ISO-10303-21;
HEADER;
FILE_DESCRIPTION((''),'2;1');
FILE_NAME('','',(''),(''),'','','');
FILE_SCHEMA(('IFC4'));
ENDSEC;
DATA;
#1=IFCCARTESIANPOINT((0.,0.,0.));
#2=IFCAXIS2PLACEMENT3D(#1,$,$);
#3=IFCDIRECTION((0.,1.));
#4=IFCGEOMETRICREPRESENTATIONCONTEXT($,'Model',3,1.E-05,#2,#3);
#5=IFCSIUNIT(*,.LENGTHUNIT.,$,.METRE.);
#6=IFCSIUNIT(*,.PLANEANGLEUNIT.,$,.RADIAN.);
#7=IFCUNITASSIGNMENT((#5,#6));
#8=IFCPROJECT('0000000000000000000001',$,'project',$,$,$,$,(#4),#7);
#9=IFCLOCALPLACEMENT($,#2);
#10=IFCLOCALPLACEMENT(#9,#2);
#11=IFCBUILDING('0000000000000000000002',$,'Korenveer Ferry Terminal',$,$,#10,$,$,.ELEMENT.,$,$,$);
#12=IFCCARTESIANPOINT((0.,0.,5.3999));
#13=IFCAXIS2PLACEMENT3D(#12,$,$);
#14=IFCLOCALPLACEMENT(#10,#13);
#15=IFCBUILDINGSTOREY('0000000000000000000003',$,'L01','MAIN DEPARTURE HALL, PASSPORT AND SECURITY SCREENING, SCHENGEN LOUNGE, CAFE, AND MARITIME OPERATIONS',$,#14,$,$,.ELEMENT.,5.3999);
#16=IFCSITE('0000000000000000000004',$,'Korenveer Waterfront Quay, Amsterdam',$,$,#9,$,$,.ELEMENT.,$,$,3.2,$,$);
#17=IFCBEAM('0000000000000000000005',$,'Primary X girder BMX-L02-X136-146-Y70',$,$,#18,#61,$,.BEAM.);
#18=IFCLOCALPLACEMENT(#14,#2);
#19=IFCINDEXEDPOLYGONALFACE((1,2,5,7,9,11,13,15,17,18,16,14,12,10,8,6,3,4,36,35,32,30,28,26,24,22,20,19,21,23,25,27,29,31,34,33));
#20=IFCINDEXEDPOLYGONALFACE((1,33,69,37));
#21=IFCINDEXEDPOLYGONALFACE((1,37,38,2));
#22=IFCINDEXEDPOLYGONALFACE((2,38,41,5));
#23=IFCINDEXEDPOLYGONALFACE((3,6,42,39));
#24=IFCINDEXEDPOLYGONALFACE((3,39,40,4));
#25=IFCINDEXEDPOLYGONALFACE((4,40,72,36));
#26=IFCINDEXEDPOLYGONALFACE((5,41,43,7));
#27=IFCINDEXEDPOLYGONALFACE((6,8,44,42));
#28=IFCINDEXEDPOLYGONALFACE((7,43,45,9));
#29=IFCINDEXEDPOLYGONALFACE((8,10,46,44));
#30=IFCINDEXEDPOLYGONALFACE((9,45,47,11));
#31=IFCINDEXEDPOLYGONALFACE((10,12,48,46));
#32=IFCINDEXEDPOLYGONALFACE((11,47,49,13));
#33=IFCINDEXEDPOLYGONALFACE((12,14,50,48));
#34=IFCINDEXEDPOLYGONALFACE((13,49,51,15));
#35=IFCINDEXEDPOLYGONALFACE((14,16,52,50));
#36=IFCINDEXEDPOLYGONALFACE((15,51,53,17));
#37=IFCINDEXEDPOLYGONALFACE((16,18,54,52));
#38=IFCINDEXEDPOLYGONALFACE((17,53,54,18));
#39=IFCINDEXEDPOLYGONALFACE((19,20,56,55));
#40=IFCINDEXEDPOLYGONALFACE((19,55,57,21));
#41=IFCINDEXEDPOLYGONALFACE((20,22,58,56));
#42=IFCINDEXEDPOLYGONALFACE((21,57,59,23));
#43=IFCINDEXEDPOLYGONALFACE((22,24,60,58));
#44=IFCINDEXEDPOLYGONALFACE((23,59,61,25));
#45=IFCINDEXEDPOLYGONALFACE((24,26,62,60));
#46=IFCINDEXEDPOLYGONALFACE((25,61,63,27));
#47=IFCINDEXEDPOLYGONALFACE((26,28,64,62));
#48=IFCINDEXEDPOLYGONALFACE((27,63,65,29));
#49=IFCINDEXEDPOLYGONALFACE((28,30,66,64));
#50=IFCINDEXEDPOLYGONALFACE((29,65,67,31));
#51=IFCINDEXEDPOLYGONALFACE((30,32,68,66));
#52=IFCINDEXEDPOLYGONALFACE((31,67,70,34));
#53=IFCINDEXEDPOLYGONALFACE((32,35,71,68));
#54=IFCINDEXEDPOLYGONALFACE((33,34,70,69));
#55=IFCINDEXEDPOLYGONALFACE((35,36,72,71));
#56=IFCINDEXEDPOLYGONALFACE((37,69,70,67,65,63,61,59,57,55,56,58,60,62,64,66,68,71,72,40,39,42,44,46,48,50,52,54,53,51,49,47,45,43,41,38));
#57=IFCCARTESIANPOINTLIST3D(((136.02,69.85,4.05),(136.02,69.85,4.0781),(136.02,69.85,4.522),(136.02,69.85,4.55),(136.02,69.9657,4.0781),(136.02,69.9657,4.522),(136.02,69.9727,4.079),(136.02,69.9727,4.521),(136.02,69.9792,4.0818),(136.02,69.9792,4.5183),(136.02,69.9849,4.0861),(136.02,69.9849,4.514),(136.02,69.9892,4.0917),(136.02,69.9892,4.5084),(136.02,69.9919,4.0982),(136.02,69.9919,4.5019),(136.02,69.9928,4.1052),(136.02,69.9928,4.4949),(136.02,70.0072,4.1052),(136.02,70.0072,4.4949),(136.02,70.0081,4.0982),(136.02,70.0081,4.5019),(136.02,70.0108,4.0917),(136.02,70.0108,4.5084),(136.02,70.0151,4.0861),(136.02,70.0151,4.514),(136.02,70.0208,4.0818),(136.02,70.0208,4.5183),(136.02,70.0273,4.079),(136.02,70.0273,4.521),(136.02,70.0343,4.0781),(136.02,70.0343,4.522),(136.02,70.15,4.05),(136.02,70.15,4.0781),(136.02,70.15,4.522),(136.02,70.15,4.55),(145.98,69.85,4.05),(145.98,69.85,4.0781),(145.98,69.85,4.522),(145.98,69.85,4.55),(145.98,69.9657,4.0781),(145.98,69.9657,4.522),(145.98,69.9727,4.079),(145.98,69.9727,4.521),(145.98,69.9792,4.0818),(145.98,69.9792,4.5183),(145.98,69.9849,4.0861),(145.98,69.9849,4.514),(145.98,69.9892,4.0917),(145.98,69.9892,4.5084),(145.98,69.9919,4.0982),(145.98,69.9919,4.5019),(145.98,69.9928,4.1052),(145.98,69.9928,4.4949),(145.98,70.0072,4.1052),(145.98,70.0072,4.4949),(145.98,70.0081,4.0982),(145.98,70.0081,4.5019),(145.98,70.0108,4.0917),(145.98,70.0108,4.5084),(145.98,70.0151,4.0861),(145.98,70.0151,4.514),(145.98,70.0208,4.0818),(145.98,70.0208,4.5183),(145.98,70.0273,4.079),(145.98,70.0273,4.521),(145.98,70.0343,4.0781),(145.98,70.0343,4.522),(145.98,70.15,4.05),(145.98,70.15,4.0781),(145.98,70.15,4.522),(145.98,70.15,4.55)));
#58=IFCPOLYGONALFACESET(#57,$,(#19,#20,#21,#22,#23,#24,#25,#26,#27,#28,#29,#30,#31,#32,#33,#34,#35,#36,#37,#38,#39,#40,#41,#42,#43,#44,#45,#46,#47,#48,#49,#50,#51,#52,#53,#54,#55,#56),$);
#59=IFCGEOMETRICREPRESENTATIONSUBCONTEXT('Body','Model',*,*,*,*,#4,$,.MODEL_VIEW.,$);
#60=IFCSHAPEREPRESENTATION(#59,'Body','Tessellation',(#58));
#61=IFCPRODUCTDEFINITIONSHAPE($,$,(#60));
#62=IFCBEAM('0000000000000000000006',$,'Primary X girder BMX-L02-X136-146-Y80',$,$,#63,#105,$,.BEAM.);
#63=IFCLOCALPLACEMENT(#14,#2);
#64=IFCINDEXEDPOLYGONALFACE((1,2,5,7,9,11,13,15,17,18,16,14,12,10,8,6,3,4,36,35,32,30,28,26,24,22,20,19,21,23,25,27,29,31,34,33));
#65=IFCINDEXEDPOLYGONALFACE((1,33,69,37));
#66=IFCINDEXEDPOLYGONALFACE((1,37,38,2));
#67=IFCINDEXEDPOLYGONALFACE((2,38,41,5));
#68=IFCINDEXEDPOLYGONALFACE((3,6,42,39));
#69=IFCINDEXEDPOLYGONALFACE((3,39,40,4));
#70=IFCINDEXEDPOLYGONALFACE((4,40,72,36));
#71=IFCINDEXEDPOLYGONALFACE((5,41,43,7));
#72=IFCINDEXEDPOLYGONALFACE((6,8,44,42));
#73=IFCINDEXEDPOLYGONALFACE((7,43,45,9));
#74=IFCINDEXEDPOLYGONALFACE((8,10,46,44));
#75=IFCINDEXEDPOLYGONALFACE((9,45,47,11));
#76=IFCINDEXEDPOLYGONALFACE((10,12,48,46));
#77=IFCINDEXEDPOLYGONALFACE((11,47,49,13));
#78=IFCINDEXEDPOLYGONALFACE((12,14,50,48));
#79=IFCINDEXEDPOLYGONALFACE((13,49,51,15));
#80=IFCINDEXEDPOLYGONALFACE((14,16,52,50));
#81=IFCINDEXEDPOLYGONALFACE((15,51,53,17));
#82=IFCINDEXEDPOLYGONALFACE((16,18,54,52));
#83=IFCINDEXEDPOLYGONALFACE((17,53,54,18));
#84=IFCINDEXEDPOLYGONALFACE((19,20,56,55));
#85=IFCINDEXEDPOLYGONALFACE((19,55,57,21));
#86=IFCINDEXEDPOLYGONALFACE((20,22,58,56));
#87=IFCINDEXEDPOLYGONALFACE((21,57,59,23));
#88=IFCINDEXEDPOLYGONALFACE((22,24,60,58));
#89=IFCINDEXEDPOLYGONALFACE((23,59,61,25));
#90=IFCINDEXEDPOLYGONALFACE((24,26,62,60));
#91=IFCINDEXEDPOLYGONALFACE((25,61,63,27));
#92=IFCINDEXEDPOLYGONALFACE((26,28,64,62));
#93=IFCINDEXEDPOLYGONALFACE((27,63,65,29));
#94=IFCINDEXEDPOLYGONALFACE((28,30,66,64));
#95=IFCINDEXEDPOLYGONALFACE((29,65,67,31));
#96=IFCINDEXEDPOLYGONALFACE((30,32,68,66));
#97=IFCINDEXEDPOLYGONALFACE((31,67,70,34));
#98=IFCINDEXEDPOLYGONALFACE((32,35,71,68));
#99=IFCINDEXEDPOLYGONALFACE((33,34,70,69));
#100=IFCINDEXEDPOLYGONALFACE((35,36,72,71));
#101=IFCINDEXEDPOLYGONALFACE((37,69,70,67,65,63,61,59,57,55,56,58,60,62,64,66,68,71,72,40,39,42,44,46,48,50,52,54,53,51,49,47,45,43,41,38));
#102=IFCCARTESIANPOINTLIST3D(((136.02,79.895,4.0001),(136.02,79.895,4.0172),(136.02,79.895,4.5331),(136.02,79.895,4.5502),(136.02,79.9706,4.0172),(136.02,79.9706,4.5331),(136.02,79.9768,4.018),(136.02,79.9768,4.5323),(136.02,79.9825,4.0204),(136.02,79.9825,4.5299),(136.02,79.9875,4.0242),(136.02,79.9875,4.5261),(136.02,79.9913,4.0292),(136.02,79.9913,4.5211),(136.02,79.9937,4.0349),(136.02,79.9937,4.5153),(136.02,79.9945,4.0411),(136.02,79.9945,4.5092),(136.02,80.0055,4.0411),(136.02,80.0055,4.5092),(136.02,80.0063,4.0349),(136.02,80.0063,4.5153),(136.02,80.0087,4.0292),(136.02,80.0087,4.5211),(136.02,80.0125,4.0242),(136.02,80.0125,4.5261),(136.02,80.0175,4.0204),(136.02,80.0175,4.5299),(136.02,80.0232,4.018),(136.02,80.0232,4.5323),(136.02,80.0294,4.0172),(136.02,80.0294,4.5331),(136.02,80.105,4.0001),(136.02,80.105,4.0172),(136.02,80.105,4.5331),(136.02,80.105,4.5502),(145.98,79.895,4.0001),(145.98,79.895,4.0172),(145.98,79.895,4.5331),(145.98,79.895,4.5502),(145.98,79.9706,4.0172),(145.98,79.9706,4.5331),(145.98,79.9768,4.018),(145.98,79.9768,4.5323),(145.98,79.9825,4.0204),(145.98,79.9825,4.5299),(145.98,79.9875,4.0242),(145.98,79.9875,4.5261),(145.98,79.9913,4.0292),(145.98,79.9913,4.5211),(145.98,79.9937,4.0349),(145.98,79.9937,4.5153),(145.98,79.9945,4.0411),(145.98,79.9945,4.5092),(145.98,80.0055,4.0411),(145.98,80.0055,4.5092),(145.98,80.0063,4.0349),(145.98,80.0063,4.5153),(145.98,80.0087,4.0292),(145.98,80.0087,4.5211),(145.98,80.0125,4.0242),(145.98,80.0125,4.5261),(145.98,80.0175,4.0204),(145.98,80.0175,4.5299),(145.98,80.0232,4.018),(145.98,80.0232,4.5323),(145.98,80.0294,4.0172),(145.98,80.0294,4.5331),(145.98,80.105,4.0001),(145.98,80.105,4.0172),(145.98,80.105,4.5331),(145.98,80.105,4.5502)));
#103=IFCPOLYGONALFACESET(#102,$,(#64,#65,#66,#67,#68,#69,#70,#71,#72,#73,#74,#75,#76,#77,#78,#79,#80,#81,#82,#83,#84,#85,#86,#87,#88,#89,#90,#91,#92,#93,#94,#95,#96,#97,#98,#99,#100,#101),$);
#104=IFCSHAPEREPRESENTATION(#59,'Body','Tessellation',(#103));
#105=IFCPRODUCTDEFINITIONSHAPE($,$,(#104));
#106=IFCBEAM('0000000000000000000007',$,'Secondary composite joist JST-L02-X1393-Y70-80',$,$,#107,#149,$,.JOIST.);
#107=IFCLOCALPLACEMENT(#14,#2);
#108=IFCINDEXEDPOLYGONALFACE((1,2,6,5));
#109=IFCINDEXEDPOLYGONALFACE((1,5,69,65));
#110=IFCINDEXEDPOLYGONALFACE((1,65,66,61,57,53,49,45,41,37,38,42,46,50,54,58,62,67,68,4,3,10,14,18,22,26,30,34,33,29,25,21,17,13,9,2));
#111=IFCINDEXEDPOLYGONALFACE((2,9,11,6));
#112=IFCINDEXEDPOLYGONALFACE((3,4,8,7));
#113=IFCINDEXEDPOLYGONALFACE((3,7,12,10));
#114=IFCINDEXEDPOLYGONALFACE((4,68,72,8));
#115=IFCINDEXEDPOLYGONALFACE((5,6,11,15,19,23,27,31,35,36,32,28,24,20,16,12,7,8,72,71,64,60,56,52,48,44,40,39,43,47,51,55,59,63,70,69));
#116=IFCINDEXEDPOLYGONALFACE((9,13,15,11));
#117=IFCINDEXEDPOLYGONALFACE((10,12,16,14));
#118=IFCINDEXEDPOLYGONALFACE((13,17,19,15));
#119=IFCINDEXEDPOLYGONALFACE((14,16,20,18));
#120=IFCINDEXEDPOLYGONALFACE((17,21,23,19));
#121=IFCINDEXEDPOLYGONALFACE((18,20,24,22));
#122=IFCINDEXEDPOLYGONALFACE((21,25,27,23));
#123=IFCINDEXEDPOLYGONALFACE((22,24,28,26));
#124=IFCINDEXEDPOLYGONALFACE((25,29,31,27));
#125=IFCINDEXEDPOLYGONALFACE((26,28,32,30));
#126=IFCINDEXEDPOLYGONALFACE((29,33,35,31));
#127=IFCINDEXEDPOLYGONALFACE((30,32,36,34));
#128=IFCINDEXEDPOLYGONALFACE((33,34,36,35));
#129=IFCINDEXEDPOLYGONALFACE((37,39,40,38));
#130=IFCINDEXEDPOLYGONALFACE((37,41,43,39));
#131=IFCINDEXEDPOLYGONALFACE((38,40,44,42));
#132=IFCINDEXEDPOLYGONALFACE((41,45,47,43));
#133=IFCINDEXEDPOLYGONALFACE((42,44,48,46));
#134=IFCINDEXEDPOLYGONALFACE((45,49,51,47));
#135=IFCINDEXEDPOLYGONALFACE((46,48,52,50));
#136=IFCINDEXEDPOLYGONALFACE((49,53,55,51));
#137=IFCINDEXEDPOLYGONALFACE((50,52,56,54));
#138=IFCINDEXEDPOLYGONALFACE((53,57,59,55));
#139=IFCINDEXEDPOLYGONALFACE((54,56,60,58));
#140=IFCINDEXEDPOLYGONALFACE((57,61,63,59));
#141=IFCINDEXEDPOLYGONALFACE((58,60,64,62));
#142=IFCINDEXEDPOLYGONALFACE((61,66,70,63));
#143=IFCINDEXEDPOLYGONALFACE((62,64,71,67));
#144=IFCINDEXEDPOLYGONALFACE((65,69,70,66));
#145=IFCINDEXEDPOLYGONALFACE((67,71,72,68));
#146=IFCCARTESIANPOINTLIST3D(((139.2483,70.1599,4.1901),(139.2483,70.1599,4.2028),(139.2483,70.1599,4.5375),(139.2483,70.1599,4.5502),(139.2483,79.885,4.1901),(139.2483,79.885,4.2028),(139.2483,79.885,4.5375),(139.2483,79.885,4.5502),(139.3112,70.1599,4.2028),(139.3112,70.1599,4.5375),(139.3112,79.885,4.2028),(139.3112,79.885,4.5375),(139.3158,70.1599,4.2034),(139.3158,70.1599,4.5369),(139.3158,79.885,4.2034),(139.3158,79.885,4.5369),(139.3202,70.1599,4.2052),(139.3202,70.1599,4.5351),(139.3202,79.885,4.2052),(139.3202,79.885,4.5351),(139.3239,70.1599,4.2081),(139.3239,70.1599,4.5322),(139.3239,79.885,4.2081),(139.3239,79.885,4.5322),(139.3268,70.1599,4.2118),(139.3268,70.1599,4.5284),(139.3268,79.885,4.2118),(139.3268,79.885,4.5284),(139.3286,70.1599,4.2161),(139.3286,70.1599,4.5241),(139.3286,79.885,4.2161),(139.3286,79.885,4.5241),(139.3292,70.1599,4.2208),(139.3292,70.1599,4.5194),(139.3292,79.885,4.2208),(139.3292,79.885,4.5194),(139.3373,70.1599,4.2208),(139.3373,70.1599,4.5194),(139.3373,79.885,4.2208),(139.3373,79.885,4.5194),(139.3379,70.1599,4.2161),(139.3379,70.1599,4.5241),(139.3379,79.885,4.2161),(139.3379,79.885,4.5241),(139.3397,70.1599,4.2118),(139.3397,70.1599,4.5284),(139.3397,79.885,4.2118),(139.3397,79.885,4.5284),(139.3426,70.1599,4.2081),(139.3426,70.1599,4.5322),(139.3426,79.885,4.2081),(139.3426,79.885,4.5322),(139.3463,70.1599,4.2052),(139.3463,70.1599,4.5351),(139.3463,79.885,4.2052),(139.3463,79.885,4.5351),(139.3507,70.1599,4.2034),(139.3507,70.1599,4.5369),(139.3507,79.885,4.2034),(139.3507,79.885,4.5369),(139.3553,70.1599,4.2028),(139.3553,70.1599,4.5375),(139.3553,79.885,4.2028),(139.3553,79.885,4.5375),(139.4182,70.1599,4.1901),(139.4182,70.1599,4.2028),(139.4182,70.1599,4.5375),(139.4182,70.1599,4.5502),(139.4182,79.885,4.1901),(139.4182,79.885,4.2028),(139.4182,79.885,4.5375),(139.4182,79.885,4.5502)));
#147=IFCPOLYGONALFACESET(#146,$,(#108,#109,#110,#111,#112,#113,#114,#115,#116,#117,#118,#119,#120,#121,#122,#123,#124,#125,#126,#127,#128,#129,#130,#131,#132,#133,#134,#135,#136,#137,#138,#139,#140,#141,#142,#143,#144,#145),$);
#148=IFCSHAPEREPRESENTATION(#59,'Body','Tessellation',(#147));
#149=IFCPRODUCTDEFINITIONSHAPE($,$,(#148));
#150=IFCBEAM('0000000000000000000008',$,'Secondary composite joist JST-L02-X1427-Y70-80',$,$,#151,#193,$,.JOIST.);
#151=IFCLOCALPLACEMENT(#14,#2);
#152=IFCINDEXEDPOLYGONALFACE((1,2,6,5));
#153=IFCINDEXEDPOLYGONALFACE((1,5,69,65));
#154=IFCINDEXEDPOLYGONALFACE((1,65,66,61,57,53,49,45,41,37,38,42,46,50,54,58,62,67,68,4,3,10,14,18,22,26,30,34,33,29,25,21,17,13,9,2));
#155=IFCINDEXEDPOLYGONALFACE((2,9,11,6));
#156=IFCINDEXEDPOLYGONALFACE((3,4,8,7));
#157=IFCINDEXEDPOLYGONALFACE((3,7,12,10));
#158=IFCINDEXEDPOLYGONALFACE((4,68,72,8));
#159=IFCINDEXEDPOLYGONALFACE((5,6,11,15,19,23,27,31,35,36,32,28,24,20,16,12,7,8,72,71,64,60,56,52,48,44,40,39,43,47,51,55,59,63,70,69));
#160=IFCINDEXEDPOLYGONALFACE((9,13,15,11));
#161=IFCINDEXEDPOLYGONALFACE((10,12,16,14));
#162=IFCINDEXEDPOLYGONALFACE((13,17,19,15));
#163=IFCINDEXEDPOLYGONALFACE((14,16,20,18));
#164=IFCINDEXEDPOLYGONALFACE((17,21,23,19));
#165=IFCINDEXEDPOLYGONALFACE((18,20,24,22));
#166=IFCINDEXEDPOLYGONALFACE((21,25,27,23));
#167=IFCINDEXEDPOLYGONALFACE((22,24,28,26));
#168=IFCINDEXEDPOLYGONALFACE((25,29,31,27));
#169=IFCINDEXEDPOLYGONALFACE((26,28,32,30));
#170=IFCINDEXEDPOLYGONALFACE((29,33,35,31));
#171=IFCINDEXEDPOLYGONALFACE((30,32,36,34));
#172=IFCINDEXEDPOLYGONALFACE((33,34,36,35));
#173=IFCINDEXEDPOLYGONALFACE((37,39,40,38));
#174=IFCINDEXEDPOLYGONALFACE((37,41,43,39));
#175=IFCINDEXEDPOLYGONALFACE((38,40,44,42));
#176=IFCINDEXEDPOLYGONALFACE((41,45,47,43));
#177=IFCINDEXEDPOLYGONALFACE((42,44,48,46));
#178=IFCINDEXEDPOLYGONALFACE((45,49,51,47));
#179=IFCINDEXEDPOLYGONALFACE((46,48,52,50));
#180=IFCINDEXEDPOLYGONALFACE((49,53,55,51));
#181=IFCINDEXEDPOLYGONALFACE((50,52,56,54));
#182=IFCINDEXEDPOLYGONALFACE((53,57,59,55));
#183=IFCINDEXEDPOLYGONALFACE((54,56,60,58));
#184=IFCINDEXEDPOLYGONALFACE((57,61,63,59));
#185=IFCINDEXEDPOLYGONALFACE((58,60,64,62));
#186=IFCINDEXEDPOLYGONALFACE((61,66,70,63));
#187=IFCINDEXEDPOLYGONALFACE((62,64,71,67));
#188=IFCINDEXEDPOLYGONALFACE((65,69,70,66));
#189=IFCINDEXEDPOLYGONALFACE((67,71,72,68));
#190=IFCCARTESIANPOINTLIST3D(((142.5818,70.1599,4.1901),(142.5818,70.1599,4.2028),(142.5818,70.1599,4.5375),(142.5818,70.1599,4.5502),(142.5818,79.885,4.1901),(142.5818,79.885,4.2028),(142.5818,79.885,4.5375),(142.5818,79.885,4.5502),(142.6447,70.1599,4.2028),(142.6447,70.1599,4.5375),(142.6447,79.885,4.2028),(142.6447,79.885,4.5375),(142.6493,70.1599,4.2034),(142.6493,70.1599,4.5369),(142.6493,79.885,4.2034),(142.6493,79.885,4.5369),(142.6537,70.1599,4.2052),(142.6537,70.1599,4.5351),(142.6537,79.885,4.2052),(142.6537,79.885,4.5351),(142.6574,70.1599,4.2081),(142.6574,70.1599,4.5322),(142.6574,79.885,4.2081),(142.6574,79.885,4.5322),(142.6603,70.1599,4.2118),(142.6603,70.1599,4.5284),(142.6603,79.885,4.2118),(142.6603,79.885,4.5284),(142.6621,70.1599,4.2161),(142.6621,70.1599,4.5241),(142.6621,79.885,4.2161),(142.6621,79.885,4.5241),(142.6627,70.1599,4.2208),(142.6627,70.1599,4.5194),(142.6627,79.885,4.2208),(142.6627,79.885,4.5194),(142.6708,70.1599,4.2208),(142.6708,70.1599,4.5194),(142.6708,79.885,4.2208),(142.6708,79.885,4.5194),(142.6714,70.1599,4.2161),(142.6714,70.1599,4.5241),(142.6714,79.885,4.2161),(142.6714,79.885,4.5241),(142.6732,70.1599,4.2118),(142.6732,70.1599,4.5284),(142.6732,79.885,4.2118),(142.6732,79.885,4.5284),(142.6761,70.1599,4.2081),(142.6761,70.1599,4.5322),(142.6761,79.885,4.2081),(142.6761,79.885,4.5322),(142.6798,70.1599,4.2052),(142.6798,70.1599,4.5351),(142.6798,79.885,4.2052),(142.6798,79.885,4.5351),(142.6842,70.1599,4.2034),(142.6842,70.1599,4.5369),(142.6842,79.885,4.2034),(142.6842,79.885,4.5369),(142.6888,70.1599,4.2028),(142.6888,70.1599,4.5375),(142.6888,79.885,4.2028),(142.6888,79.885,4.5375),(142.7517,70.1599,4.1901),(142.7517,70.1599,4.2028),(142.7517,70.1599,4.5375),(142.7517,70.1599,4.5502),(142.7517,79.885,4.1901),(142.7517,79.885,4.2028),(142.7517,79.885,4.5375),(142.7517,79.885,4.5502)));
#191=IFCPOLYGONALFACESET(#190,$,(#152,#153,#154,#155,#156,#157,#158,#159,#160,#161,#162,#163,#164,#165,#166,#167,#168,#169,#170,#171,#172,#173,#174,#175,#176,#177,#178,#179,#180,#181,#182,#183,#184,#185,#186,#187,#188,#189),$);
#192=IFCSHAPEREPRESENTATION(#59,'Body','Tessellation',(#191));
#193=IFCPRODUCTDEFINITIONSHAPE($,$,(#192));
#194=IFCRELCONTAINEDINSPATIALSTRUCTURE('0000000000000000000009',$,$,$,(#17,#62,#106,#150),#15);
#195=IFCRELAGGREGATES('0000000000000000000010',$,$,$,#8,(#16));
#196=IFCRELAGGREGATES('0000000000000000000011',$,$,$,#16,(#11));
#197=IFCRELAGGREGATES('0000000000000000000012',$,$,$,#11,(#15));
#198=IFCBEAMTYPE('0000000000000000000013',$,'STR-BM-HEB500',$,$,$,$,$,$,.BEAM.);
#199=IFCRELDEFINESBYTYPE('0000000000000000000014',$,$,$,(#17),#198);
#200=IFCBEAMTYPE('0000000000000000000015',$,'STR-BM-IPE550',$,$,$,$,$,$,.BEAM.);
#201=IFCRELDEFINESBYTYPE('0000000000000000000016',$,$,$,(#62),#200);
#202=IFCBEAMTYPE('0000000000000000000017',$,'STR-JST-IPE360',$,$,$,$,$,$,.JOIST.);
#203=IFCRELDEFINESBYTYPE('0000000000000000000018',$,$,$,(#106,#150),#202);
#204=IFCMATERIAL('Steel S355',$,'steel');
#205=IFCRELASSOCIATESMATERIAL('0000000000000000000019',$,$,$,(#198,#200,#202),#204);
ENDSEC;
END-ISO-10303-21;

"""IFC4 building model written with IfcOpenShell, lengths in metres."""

from ifc_helpers import new_model, si_unit, direction, frame, origin, origin_2d, place, context, subcontext, project, spatial, i_section, extrude, material, material_profile, profile_set, type_object, element, save


model = new_model("IFC4")

# Units and contexts
model_context = context("Model", 3, precision=1e-05, world=origin(), true_north=direction((0.0, 1.0)))
body_context = subcontext(model_context, "Body", "Model", "MODEL_VIEW")
ifc_project = project(units=[si_unit("LENGTHUNIT", "METRE"), si_unit("PLANEANGLEUNIT", "RADIAN")], contexts=[model_context])

# Site, building, storey
site_placement = place(None, origin())
site = spatial("IfcSite", under=ifc_project, at=site_placement, Name="Korenveer Waterfront Quay, Amsterdam", CompositionType="ELEMENT", RefElevation=3.2)
building_placement = place(site_placement, origin())
building = spatial("IfcBuilding", under=site, at=building_placement, Name="Korenveer Ferry Terminal", CompositionType="ELEMENT")
storey_placement = place(building_placement, frame((0.0, 0.0, 5.3999)))
storey = spatial("IfcBuildingStorey", under=building, at=storey_placement, Name="L01", Description="MAIN DEPARTURE HALL, PASSPORT AND SECURITY SCREENING, SCHENGEN LOUNGE, CAFE, AND MARITIME OPERATIONS", CompositionType="ELEMENT", Elevation=5.3999)

# Shared definitions
ifc_material_1 = material(Name="Steel S355", Category="steel")

# Beams
ifc_material_profile_1 = material_profile(ifc_material_1, i_section(OverallWidth=0.3, OverallDepth=0.5, WebThickness=0.0144, FlangeThickness=0.0281, FilletRadius=0.0271, at=origin_2d()), Name="HEB 500")
ifc_profile_set_1 = profile_set([ifc_material_profile_1], Name="Steel S355")
beam_type_1 = type_object("IfcBeamType", Name="STR-BM-HEB500", PredefinedType="BEAM", material=ifc_profile_set_1)
beam_1_placement = place(storey_placement, frame((136.02, 70.0, 4.3), z_axis=(1.0, 0.0, 0.0), x_axis=(0.0, 1.0, 0.0)))
element("IfcBeam", 1, at=beam_1_placement, inside=storey, type_object=beam_type_1, Name="Primary X girder BMX-L02-X136-146-Y70", PredefinedType="BEAM", context=body_context, shape_type="SweptSolid", body=[
    extrude(i_section(OverallWidth=0.3, OverallDepth=0.5, WebThickness=0.0144, FlangeThickness=0.0281, FilletRadius=0.0271, at=origin_2d()), origin(), (0.0, 0.0, 1.0), 9.96),
])
ifc_material_profile_2 = material_profile(ifc_material_1, i_section(OverallWidth=0.21, OverallDepth=0.55, WebThickness=0.011, FlangeThickness=0.0171, FilletRadius=0.0239, at=origin_2d()), Name="IPE 550")
ifc_profile_set_2 = profile_set([ifc_material_profile_2], Name="Steel S355")
beam_type_2 = type_object("IfcBeamType", Name="STR-BM-IPE550", PredefinedType="BEAM", material=ifc_profile_set_2)
beam_2_placement = place(storey_placement, frame((136.02, 80.0, 4.2751), z_axis=(1.0, 0.0, 0.0), x_axis=(0.0, 1.0, 0.0)))
element("IfcBeam", 2, at=beam_2_placement, inside=storey, type_object=beam_type_2, Name="Primary X girder BMX-L02-X136-146-Y80", PredefinedType="BEAM", context=body_context, shape_type="SweptSolid", body=[
    extrude(i_section(OverallWidth=0.21, OverallDepth=0.55, WebThickness=0.011, FlangeThickness=0.0171, FilletRadius=0.0239, at=origin_2d()), origin(), (0.0, 0.0, 1.0), 9.96),
])
ifc_material_profile_3 = material_profile(ifc_material_1, i_section(OverallWidth=0.1699, OverallDepth=0.3601, WebThickness=0.0081, FlangeThickness=0.0127, FilletRadius=0.0181, at=origin_2d()), Name="IPE 360")
ifc_profile_set_3 = profile_set([ifc_material_profile_3], Name="Steel S355")
beam_type_3 = type_object("IfcBeamType", Name="STR-JST-IPE360", PredefinedType="JOIST", material=ifc_profile_set_3)
for number, where, z_axis, x_axis, name in (
    (3, (139.3333, 70.1599, 4.3701), (0.0, 1.0, 0.0), (-1.0, 0.0, 0.0), "Secondary composite joist JST-L02-X1393-Y70-80"),
    (4, (142.6667, 70.1599, 4.3701), (0.0, 1.0, 0.0), (-1.0, 0.0, 0.0), "Secondary composite joist JST-L02-X1427-Y70-80"),
):
    element("IfcBeam", number, at=place(storey_placement, frame(where, z_axis=z_axis, x_axis=x_axis)), inside=storey, type_object=beam_type_3, Name=name, PredefinedType="JOIST", context=body_context, shape_type="SweptSolid", body=[
        extrude(i_section(OverallWidth=0.1699, OverallDepth=0.3601, WebThickness=0.0081, FlangeThickness=0.0127, FilletRadius=0.0181, at=origin_2d()), origin(), (0.0, 0.0, 1.0), 9.7251),
    ])

save(model, "model.ifc")
